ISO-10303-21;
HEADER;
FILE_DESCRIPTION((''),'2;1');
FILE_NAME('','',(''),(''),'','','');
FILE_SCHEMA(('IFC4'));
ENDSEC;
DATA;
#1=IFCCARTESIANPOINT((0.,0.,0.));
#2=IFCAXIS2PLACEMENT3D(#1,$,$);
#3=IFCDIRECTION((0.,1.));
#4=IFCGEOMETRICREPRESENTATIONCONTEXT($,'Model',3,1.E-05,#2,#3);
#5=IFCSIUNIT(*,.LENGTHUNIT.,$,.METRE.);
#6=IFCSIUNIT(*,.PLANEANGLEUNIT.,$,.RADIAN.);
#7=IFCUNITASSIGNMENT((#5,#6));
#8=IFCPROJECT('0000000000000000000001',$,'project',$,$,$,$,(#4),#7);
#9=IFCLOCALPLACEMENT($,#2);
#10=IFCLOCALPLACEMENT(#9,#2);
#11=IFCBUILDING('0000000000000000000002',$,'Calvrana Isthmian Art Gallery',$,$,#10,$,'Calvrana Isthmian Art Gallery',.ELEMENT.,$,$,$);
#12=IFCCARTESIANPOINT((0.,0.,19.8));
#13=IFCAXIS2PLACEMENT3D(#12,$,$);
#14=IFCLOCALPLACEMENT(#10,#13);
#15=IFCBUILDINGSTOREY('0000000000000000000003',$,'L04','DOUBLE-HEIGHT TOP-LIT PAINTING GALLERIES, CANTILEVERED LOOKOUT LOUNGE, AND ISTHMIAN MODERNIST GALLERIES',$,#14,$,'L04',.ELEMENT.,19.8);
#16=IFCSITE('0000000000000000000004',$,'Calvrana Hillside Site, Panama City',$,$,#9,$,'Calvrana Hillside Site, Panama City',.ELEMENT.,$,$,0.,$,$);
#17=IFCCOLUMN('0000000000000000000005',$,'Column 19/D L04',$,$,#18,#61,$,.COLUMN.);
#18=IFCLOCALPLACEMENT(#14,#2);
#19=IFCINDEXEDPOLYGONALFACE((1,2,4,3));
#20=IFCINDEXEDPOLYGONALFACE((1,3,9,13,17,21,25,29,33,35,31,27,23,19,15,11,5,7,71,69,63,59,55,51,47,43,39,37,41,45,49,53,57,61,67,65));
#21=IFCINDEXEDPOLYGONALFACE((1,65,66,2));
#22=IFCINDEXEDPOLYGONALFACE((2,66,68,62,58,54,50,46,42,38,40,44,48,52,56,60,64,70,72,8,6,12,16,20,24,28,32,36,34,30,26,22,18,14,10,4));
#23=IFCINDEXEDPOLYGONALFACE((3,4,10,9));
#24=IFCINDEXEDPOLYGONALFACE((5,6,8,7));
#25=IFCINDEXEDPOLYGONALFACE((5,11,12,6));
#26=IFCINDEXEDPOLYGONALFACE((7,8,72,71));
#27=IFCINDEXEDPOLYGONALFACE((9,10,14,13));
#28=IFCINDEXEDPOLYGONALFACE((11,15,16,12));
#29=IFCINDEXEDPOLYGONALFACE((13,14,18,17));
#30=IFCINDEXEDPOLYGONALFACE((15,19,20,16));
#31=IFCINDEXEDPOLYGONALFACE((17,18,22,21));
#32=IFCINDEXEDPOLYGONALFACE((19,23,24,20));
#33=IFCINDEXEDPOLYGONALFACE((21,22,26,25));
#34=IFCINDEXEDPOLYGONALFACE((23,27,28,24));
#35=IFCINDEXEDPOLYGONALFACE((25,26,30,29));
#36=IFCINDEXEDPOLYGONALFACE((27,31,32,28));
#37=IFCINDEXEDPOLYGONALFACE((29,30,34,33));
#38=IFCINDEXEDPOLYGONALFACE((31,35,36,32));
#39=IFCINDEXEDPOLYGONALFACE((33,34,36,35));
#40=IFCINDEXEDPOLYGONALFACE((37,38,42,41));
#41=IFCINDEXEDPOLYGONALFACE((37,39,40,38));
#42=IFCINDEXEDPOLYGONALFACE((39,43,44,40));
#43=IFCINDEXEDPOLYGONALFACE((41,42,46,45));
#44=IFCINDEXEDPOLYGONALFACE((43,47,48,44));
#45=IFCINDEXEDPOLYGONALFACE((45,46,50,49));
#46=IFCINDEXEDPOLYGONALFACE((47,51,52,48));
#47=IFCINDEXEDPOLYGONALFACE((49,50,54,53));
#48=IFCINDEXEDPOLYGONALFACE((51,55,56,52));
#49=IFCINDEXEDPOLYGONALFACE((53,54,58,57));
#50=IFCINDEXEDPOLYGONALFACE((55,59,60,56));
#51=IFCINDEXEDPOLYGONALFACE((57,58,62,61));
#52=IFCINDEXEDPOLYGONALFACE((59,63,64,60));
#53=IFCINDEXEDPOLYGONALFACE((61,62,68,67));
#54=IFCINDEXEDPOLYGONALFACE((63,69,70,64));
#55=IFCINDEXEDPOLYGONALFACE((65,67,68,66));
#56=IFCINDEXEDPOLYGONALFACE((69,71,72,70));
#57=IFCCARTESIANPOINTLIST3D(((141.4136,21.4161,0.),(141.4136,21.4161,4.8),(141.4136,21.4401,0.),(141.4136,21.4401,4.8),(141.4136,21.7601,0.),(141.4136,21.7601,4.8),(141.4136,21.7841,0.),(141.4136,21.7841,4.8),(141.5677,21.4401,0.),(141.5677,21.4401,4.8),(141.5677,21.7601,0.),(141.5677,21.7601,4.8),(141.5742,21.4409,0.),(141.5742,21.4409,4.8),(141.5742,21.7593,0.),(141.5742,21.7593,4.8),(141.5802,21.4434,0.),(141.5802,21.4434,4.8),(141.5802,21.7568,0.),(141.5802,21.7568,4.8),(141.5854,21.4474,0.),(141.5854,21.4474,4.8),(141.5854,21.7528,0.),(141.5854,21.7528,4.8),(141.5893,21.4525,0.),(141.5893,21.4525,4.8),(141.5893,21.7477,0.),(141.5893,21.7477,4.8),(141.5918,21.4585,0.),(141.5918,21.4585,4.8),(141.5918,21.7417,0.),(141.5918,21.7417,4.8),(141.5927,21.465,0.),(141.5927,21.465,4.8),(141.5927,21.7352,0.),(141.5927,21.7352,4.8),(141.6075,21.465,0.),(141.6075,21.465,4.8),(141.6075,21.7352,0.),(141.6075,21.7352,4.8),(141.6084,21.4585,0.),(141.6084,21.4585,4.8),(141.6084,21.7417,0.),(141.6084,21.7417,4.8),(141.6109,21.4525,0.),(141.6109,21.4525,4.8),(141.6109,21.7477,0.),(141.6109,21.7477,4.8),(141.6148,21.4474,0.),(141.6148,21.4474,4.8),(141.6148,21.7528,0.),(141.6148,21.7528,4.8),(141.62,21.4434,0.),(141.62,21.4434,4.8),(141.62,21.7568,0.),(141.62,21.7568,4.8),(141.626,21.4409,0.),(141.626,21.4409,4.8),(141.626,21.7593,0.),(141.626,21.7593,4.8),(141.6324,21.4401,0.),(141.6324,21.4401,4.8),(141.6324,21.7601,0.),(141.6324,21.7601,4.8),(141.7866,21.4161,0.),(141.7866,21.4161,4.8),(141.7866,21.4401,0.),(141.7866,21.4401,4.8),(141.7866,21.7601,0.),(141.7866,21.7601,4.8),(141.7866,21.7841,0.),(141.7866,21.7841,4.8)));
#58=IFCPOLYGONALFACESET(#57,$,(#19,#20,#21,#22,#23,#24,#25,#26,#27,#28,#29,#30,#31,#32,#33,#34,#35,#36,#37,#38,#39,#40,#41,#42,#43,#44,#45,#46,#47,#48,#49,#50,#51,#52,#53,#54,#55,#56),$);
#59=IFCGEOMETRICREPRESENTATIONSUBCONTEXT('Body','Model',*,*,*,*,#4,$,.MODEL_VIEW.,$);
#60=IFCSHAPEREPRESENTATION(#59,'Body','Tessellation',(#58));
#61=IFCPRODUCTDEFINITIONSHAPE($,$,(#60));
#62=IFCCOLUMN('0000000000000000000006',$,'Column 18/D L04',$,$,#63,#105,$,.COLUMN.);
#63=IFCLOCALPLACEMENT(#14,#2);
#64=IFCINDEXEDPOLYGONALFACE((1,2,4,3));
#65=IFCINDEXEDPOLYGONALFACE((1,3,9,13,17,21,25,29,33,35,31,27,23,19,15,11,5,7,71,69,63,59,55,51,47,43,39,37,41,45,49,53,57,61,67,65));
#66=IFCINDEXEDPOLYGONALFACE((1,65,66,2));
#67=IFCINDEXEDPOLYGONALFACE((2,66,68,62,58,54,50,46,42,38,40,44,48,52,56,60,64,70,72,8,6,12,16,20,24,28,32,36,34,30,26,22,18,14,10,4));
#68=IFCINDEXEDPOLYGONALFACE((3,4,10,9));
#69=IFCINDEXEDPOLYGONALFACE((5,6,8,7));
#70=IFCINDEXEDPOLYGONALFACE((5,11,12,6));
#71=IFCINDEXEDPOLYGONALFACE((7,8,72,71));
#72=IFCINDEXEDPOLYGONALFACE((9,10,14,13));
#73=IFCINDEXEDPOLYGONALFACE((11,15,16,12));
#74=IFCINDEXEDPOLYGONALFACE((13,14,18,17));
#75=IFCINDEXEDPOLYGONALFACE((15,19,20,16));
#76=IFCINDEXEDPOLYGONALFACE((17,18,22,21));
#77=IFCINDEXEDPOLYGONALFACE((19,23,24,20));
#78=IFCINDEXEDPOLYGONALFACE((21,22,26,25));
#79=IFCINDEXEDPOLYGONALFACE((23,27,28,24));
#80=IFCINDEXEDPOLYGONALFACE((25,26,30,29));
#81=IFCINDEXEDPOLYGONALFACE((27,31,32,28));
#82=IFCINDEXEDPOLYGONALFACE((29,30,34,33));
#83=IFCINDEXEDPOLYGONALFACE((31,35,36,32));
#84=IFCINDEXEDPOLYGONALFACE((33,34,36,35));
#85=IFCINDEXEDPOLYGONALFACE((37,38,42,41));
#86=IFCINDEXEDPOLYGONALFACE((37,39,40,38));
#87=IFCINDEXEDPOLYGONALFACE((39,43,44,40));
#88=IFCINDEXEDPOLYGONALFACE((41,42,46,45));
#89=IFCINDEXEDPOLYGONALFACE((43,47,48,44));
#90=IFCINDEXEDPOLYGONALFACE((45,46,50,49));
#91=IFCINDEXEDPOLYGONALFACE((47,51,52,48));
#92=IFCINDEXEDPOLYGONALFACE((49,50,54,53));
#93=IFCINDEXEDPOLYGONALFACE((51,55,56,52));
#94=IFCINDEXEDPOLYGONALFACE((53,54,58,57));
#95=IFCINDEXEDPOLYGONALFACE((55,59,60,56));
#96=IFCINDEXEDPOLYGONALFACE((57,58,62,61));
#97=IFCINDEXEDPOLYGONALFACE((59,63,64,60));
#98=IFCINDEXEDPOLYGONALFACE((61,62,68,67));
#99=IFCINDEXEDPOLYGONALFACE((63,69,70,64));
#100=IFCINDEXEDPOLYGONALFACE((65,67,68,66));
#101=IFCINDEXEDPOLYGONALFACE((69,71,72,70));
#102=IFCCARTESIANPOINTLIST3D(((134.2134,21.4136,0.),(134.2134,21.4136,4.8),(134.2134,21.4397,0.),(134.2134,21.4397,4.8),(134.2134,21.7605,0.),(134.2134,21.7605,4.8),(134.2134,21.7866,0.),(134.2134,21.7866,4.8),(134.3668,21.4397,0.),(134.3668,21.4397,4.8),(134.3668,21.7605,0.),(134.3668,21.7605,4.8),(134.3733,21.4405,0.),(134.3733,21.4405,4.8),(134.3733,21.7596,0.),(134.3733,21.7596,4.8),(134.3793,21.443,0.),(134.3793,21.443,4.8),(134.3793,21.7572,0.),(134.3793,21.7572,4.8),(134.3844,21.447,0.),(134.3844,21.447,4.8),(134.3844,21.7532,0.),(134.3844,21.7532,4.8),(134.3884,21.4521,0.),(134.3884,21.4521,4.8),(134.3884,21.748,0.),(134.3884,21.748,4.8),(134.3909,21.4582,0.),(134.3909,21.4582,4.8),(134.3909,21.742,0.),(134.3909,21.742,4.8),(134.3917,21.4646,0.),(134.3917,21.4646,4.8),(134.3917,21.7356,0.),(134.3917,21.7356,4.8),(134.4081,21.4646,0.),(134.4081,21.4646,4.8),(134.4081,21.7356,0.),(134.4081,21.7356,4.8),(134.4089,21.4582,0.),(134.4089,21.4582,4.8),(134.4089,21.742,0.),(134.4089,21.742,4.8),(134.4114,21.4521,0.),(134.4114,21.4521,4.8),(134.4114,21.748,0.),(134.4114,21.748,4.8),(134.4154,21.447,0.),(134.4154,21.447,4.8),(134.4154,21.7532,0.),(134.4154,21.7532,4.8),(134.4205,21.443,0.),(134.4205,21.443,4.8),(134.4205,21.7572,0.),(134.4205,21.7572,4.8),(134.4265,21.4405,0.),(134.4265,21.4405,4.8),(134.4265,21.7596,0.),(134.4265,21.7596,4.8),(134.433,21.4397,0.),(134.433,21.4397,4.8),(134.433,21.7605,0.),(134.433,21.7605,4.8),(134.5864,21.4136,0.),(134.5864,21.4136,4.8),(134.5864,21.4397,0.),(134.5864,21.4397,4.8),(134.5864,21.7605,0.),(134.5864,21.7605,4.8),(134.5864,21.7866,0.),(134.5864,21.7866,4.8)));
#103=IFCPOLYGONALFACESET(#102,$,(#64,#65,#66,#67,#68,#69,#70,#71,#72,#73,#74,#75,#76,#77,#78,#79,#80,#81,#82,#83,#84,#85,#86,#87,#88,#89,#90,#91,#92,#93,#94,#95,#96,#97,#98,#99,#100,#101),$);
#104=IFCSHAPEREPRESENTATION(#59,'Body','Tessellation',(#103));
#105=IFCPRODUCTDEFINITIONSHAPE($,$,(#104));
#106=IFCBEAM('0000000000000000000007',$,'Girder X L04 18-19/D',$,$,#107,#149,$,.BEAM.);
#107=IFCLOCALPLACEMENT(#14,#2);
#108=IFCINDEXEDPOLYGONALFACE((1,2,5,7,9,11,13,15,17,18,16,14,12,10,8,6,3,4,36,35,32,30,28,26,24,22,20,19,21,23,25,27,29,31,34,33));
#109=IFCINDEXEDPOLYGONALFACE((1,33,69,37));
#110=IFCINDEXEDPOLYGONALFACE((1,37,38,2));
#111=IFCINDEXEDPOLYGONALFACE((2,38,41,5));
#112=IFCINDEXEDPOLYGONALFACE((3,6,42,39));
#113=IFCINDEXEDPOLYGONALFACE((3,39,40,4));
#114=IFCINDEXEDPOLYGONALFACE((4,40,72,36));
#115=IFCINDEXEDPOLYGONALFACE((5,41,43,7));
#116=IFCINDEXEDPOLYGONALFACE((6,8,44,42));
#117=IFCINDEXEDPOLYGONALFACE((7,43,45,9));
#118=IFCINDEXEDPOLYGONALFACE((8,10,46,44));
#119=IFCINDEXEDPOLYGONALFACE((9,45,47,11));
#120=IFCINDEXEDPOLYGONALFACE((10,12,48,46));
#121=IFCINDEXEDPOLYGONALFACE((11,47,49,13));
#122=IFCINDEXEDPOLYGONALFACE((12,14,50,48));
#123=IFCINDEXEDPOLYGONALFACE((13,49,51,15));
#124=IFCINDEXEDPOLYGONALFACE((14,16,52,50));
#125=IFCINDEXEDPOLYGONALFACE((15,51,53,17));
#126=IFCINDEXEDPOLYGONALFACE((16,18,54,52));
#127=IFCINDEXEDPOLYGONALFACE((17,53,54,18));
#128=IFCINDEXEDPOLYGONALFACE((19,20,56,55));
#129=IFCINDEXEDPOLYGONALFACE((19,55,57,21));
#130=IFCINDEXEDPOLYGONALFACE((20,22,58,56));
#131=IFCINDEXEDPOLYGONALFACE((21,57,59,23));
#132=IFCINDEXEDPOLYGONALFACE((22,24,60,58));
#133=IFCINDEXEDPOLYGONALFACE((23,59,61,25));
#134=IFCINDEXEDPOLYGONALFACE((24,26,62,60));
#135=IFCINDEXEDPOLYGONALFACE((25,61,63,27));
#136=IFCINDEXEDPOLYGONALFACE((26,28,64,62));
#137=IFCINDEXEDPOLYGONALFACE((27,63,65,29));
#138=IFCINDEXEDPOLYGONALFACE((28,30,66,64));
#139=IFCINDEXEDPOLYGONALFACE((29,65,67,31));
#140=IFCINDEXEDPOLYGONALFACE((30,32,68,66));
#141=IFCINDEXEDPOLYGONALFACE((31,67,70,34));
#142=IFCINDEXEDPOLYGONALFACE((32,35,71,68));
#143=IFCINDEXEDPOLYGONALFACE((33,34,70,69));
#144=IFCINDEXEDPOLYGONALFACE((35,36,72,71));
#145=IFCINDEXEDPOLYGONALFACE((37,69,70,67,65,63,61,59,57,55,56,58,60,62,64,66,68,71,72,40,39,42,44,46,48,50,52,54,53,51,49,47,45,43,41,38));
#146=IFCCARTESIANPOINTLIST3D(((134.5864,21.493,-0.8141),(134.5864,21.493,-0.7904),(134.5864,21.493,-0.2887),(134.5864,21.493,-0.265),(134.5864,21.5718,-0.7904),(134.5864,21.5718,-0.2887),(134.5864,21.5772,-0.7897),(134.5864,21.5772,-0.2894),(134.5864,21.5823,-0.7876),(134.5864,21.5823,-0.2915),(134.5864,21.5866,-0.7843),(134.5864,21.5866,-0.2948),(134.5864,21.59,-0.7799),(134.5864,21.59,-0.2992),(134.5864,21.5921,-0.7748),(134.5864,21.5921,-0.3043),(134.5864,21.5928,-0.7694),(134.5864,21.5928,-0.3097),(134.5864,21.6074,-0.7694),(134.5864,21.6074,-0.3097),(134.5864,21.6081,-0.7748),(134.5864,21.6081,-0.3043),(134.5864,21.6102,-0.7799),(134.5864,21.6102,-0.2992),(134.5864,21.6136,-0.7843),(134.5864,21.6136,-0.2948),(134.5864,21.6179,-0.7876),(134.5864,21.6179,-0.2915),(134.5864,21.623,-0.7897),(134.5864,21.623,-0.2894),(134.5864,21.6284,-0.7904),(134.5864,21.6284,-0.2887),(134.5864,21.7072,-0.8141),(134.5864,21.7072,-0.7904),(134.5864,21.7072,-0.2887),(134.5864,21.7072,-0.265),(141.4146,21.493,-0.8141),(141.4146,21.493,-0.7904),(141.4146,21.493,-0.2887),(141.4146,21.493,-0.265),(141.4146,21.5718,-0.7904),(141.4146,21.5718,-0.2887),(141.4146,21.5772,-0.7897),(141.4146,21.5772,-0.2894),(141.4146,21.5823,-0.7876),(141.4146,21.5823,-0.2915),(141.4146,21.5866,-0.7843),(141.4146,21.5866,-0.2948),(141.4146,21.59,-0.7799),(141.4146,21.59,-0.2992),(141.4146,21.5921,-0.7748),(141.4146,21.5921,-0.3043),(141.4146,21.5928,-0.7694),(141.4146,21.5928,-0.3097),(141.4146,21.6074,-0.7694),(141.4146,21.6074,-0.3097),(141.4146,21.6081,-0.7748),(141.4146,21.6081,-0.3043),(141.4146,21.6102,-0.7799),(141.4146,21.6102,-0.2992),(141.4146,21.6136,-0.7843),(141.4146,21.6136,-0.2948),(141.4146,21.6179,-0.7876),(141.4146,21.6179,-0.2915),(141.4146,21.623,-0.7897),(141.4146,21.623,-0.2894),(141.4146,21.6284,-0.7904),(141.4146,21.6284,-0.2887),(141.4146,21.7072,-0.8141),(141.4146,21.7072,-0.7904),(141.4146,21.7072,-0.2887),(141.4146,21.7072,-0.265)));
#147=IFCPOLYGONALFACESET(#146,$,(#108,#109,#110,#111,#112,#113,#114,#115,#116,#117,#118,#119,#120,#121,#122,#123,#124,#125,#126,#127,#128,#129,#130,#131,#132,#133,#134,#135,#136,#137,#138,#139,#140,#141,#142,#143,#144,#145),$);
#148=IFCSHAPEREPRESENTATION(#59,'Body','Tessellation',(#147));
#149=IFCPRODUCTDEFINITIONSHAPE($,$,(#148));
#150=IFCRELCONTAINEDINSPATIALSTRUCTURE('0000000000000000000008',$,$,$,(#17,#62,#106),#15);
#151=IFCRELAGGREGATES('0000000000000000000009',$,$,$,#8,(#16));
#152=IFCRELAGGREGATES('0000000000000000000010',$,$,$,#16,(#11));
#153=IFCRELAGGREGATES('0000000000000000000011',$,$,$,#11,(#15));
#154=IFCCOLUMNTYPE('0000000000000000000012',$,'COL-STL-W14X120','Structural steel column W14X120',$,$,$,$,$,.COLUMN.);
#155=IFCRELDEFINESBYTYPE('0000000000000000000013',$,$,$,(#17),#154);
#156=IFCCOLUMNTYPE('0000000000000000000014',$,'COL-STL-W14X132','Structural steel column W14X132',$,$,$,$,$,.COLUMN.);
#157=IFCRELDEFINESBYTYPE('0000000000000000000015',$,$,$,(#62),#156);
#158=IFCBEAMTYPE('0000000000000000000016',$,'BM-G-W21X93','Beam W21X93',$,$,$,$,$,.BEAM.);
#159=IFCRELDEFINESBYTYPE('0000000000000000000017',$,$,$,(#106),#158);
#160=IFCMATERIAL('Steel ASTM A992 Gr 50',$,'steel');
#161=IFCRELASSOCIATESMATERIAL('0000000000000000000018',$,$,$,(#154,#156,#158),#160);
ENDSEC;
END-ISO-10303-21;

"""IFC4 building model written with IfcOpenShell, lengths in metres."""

from ifc_helpers import new_model, si_unit, direction, frame, origin, origin_2d, place, context, subcontext, project, spatial, i_section, extrude, material, material_profile, profile_set, type_object, element, save


model = new_model("IFC4")

# Units and contexts
model_context = context("Model", 3, precision=1e-05, world=origin(), true_north=direction((0.0, 1.0)))
body_context = subcontext(model_context, "Body", "Model", "MODEL_VIEW")
ifc_project = project(units=[si_unit("LENGTHUNIT", "METRE"), si_unit("PLANEANGLEUNIT", "RADIAN")], contexts=[model_context])

# Site, building, storey
site_placement = place(None, origin())
site = spatial("IfcSite", under=ifc_project, at=site_placement, Name="Calvrana Hillside Site, Panama City", LongName="Calvrana Hillside Site, Panama City", CompositionType="ELEMENT", RefElevation=0.0)
building_placement = place(site_placement, origin())
building = spatial("IfcBuilding", under=site, at=building_placement, Name="Calvrana Isthmian Art Gallery", LongName="Calvrana Isthmian Art Gallery", CompositionType="ELEMENT")
storey_placement = place(building_placement, frame((0.0, 0.0, 19.8)))
storey = spatial("IfcBuildingStorey", under=building, at=storey_placement, Name="L04", Description="DOUBLE-HEIGHT TOP-LIT PAINTING GALLERIES, CANTILEVERED LOOKOUT LOUNGE, AND ISTHMIAN MODERNIST GALLERIES", LongName="L04", CompositionType="ELEMENT", Elevation=19.8)

# Columns
ifc_material_1 = material(Name="Steel ASTM A992 Gr 50", Category="steel")
ifc_material_profile_1 = material_profile(ifc_material_1, i_section(OverallWidth=0.373, OverallDepth=0.3679, WebThickness=0.0149, FlangeThickness=0.0239, FilletRadius=0.0249, at=origin_2d()), Name="W14X120")
ifc_profile_set_1 = profile_set([ifc_material_profile_1], Name="Steel ASTM A992 Gr 50")
column_type_1 = type_object("IfcColumnType", Name="COL-STL-W14X120", Description="Structural steel column W14X120", PredefinedType="COLUMN", material=ifc_profile_set_1)
column_1_placement = place(storey_placement, frame((141.6001, 21.6001, 0.0), z_axis=(0.0, 0.0, 1.0), x_axis=(1.0, 0.0, 0.0)))
element("IfcColumn", 1, at=column_1_placement, inside=storey, type_object=column_type_1, Name="Column 19/D L04", PredefinedType="COLUMN", context=body_context, shape_type="SweptSolid", body=[
    extrude(i_section(OverallWidth=0.373, OverallDepth=0.3679, WebThickness=0.0149, FlangeThickness=0.0239, FilletRadius=0.0249, at=origin_2d()), origin(), (0.0, 0.0, 1.0), 4.8),
])
ifc_material_profile_2 = material_profile(ifc_material_1, i_section(OverallWidth=0.373, OverallDepth=0.373, WebThickness=0.0164, FlangeThickness=0.0261, FilletRadius=0.0249, at=origin_2d()), Name="W14X132")
ifc_profile_set_2 = profile_set([ifc_material_profile_2], Name="Steel ASTM A992 Gr 50")
column_type_2 = type_object("IfcColumnType", Name="COL-STL-W14X132", Description="Structural steel column W14X132", PredefinedType="COLUMN", material=ifc_profile_set_2)
column_2_placement = place(storey_placement, frame((134.3999, 21.6001, 0.0), z_axis=(0.0, 0.0, 1.0), x_axis=(1.0, 0.0, 0.0)))
element("IfcColumn", 2, at=column_2_placement, inside=storey, type_object=column_type_2, Name="Column 18/D L04", PredefinedType="COLUMN", context=body_context, shape_type="SweptSolid", body=[
    extrude(i_section(OverallWidth=0.373, OverallDepth=0.373, WebThickness=0.0164, FlangeThickness=0.0261, FilletRadius=0.0249, at=origin_2d()), origin(), (0.0, 0.0, 1.0), 4.8),
])

# Beam
ifc_material_profile_3 = material_profile(ifc_material_1, i_section(OverallWidth=0.2141, OverallDepth=0.5491, WebThickness=0.0146, FlangeThickness=0.0237, FilletRadius=0.021, at=origin_2d()), Name="W21X93")
ifc_profile_set_3 = profile_set([ifc_material_profile_3], Name="Steel ASTM A992 Gr 50")
beam_type_1 = type_object("IfcBeamType", Name="BM-G-W21X93", Description="Beam W21X93", PredefinedType="BEAM", material=ifc_profile_set_3)
beam_1_placement = place(storey_placement, frame((134.5864, 21.6001, -0.5396), z_axis=(1.0, 0.0, 0.0), x_axis=(0.0, 1.0, 0.0)))
element("IfcBeam", 3, at=beam_1_placement, inside=storey, type_object=beam_type_1, Name="Girder X L04 18-19/D", PredefinedType="BEAM", context=body_context, shape_type="SweptSolid", body=[
    extrude(i_section(OverallWidth=0.2141, OverallDepth=0.5491, WebThickness=0.0146, FlangeThickness=0.0237, FilletRadius=0.021, at=origin_2d()), origin(), (0.0, 0.0, 1.0), 6.8281),
])

save(model, "model.ifc")
